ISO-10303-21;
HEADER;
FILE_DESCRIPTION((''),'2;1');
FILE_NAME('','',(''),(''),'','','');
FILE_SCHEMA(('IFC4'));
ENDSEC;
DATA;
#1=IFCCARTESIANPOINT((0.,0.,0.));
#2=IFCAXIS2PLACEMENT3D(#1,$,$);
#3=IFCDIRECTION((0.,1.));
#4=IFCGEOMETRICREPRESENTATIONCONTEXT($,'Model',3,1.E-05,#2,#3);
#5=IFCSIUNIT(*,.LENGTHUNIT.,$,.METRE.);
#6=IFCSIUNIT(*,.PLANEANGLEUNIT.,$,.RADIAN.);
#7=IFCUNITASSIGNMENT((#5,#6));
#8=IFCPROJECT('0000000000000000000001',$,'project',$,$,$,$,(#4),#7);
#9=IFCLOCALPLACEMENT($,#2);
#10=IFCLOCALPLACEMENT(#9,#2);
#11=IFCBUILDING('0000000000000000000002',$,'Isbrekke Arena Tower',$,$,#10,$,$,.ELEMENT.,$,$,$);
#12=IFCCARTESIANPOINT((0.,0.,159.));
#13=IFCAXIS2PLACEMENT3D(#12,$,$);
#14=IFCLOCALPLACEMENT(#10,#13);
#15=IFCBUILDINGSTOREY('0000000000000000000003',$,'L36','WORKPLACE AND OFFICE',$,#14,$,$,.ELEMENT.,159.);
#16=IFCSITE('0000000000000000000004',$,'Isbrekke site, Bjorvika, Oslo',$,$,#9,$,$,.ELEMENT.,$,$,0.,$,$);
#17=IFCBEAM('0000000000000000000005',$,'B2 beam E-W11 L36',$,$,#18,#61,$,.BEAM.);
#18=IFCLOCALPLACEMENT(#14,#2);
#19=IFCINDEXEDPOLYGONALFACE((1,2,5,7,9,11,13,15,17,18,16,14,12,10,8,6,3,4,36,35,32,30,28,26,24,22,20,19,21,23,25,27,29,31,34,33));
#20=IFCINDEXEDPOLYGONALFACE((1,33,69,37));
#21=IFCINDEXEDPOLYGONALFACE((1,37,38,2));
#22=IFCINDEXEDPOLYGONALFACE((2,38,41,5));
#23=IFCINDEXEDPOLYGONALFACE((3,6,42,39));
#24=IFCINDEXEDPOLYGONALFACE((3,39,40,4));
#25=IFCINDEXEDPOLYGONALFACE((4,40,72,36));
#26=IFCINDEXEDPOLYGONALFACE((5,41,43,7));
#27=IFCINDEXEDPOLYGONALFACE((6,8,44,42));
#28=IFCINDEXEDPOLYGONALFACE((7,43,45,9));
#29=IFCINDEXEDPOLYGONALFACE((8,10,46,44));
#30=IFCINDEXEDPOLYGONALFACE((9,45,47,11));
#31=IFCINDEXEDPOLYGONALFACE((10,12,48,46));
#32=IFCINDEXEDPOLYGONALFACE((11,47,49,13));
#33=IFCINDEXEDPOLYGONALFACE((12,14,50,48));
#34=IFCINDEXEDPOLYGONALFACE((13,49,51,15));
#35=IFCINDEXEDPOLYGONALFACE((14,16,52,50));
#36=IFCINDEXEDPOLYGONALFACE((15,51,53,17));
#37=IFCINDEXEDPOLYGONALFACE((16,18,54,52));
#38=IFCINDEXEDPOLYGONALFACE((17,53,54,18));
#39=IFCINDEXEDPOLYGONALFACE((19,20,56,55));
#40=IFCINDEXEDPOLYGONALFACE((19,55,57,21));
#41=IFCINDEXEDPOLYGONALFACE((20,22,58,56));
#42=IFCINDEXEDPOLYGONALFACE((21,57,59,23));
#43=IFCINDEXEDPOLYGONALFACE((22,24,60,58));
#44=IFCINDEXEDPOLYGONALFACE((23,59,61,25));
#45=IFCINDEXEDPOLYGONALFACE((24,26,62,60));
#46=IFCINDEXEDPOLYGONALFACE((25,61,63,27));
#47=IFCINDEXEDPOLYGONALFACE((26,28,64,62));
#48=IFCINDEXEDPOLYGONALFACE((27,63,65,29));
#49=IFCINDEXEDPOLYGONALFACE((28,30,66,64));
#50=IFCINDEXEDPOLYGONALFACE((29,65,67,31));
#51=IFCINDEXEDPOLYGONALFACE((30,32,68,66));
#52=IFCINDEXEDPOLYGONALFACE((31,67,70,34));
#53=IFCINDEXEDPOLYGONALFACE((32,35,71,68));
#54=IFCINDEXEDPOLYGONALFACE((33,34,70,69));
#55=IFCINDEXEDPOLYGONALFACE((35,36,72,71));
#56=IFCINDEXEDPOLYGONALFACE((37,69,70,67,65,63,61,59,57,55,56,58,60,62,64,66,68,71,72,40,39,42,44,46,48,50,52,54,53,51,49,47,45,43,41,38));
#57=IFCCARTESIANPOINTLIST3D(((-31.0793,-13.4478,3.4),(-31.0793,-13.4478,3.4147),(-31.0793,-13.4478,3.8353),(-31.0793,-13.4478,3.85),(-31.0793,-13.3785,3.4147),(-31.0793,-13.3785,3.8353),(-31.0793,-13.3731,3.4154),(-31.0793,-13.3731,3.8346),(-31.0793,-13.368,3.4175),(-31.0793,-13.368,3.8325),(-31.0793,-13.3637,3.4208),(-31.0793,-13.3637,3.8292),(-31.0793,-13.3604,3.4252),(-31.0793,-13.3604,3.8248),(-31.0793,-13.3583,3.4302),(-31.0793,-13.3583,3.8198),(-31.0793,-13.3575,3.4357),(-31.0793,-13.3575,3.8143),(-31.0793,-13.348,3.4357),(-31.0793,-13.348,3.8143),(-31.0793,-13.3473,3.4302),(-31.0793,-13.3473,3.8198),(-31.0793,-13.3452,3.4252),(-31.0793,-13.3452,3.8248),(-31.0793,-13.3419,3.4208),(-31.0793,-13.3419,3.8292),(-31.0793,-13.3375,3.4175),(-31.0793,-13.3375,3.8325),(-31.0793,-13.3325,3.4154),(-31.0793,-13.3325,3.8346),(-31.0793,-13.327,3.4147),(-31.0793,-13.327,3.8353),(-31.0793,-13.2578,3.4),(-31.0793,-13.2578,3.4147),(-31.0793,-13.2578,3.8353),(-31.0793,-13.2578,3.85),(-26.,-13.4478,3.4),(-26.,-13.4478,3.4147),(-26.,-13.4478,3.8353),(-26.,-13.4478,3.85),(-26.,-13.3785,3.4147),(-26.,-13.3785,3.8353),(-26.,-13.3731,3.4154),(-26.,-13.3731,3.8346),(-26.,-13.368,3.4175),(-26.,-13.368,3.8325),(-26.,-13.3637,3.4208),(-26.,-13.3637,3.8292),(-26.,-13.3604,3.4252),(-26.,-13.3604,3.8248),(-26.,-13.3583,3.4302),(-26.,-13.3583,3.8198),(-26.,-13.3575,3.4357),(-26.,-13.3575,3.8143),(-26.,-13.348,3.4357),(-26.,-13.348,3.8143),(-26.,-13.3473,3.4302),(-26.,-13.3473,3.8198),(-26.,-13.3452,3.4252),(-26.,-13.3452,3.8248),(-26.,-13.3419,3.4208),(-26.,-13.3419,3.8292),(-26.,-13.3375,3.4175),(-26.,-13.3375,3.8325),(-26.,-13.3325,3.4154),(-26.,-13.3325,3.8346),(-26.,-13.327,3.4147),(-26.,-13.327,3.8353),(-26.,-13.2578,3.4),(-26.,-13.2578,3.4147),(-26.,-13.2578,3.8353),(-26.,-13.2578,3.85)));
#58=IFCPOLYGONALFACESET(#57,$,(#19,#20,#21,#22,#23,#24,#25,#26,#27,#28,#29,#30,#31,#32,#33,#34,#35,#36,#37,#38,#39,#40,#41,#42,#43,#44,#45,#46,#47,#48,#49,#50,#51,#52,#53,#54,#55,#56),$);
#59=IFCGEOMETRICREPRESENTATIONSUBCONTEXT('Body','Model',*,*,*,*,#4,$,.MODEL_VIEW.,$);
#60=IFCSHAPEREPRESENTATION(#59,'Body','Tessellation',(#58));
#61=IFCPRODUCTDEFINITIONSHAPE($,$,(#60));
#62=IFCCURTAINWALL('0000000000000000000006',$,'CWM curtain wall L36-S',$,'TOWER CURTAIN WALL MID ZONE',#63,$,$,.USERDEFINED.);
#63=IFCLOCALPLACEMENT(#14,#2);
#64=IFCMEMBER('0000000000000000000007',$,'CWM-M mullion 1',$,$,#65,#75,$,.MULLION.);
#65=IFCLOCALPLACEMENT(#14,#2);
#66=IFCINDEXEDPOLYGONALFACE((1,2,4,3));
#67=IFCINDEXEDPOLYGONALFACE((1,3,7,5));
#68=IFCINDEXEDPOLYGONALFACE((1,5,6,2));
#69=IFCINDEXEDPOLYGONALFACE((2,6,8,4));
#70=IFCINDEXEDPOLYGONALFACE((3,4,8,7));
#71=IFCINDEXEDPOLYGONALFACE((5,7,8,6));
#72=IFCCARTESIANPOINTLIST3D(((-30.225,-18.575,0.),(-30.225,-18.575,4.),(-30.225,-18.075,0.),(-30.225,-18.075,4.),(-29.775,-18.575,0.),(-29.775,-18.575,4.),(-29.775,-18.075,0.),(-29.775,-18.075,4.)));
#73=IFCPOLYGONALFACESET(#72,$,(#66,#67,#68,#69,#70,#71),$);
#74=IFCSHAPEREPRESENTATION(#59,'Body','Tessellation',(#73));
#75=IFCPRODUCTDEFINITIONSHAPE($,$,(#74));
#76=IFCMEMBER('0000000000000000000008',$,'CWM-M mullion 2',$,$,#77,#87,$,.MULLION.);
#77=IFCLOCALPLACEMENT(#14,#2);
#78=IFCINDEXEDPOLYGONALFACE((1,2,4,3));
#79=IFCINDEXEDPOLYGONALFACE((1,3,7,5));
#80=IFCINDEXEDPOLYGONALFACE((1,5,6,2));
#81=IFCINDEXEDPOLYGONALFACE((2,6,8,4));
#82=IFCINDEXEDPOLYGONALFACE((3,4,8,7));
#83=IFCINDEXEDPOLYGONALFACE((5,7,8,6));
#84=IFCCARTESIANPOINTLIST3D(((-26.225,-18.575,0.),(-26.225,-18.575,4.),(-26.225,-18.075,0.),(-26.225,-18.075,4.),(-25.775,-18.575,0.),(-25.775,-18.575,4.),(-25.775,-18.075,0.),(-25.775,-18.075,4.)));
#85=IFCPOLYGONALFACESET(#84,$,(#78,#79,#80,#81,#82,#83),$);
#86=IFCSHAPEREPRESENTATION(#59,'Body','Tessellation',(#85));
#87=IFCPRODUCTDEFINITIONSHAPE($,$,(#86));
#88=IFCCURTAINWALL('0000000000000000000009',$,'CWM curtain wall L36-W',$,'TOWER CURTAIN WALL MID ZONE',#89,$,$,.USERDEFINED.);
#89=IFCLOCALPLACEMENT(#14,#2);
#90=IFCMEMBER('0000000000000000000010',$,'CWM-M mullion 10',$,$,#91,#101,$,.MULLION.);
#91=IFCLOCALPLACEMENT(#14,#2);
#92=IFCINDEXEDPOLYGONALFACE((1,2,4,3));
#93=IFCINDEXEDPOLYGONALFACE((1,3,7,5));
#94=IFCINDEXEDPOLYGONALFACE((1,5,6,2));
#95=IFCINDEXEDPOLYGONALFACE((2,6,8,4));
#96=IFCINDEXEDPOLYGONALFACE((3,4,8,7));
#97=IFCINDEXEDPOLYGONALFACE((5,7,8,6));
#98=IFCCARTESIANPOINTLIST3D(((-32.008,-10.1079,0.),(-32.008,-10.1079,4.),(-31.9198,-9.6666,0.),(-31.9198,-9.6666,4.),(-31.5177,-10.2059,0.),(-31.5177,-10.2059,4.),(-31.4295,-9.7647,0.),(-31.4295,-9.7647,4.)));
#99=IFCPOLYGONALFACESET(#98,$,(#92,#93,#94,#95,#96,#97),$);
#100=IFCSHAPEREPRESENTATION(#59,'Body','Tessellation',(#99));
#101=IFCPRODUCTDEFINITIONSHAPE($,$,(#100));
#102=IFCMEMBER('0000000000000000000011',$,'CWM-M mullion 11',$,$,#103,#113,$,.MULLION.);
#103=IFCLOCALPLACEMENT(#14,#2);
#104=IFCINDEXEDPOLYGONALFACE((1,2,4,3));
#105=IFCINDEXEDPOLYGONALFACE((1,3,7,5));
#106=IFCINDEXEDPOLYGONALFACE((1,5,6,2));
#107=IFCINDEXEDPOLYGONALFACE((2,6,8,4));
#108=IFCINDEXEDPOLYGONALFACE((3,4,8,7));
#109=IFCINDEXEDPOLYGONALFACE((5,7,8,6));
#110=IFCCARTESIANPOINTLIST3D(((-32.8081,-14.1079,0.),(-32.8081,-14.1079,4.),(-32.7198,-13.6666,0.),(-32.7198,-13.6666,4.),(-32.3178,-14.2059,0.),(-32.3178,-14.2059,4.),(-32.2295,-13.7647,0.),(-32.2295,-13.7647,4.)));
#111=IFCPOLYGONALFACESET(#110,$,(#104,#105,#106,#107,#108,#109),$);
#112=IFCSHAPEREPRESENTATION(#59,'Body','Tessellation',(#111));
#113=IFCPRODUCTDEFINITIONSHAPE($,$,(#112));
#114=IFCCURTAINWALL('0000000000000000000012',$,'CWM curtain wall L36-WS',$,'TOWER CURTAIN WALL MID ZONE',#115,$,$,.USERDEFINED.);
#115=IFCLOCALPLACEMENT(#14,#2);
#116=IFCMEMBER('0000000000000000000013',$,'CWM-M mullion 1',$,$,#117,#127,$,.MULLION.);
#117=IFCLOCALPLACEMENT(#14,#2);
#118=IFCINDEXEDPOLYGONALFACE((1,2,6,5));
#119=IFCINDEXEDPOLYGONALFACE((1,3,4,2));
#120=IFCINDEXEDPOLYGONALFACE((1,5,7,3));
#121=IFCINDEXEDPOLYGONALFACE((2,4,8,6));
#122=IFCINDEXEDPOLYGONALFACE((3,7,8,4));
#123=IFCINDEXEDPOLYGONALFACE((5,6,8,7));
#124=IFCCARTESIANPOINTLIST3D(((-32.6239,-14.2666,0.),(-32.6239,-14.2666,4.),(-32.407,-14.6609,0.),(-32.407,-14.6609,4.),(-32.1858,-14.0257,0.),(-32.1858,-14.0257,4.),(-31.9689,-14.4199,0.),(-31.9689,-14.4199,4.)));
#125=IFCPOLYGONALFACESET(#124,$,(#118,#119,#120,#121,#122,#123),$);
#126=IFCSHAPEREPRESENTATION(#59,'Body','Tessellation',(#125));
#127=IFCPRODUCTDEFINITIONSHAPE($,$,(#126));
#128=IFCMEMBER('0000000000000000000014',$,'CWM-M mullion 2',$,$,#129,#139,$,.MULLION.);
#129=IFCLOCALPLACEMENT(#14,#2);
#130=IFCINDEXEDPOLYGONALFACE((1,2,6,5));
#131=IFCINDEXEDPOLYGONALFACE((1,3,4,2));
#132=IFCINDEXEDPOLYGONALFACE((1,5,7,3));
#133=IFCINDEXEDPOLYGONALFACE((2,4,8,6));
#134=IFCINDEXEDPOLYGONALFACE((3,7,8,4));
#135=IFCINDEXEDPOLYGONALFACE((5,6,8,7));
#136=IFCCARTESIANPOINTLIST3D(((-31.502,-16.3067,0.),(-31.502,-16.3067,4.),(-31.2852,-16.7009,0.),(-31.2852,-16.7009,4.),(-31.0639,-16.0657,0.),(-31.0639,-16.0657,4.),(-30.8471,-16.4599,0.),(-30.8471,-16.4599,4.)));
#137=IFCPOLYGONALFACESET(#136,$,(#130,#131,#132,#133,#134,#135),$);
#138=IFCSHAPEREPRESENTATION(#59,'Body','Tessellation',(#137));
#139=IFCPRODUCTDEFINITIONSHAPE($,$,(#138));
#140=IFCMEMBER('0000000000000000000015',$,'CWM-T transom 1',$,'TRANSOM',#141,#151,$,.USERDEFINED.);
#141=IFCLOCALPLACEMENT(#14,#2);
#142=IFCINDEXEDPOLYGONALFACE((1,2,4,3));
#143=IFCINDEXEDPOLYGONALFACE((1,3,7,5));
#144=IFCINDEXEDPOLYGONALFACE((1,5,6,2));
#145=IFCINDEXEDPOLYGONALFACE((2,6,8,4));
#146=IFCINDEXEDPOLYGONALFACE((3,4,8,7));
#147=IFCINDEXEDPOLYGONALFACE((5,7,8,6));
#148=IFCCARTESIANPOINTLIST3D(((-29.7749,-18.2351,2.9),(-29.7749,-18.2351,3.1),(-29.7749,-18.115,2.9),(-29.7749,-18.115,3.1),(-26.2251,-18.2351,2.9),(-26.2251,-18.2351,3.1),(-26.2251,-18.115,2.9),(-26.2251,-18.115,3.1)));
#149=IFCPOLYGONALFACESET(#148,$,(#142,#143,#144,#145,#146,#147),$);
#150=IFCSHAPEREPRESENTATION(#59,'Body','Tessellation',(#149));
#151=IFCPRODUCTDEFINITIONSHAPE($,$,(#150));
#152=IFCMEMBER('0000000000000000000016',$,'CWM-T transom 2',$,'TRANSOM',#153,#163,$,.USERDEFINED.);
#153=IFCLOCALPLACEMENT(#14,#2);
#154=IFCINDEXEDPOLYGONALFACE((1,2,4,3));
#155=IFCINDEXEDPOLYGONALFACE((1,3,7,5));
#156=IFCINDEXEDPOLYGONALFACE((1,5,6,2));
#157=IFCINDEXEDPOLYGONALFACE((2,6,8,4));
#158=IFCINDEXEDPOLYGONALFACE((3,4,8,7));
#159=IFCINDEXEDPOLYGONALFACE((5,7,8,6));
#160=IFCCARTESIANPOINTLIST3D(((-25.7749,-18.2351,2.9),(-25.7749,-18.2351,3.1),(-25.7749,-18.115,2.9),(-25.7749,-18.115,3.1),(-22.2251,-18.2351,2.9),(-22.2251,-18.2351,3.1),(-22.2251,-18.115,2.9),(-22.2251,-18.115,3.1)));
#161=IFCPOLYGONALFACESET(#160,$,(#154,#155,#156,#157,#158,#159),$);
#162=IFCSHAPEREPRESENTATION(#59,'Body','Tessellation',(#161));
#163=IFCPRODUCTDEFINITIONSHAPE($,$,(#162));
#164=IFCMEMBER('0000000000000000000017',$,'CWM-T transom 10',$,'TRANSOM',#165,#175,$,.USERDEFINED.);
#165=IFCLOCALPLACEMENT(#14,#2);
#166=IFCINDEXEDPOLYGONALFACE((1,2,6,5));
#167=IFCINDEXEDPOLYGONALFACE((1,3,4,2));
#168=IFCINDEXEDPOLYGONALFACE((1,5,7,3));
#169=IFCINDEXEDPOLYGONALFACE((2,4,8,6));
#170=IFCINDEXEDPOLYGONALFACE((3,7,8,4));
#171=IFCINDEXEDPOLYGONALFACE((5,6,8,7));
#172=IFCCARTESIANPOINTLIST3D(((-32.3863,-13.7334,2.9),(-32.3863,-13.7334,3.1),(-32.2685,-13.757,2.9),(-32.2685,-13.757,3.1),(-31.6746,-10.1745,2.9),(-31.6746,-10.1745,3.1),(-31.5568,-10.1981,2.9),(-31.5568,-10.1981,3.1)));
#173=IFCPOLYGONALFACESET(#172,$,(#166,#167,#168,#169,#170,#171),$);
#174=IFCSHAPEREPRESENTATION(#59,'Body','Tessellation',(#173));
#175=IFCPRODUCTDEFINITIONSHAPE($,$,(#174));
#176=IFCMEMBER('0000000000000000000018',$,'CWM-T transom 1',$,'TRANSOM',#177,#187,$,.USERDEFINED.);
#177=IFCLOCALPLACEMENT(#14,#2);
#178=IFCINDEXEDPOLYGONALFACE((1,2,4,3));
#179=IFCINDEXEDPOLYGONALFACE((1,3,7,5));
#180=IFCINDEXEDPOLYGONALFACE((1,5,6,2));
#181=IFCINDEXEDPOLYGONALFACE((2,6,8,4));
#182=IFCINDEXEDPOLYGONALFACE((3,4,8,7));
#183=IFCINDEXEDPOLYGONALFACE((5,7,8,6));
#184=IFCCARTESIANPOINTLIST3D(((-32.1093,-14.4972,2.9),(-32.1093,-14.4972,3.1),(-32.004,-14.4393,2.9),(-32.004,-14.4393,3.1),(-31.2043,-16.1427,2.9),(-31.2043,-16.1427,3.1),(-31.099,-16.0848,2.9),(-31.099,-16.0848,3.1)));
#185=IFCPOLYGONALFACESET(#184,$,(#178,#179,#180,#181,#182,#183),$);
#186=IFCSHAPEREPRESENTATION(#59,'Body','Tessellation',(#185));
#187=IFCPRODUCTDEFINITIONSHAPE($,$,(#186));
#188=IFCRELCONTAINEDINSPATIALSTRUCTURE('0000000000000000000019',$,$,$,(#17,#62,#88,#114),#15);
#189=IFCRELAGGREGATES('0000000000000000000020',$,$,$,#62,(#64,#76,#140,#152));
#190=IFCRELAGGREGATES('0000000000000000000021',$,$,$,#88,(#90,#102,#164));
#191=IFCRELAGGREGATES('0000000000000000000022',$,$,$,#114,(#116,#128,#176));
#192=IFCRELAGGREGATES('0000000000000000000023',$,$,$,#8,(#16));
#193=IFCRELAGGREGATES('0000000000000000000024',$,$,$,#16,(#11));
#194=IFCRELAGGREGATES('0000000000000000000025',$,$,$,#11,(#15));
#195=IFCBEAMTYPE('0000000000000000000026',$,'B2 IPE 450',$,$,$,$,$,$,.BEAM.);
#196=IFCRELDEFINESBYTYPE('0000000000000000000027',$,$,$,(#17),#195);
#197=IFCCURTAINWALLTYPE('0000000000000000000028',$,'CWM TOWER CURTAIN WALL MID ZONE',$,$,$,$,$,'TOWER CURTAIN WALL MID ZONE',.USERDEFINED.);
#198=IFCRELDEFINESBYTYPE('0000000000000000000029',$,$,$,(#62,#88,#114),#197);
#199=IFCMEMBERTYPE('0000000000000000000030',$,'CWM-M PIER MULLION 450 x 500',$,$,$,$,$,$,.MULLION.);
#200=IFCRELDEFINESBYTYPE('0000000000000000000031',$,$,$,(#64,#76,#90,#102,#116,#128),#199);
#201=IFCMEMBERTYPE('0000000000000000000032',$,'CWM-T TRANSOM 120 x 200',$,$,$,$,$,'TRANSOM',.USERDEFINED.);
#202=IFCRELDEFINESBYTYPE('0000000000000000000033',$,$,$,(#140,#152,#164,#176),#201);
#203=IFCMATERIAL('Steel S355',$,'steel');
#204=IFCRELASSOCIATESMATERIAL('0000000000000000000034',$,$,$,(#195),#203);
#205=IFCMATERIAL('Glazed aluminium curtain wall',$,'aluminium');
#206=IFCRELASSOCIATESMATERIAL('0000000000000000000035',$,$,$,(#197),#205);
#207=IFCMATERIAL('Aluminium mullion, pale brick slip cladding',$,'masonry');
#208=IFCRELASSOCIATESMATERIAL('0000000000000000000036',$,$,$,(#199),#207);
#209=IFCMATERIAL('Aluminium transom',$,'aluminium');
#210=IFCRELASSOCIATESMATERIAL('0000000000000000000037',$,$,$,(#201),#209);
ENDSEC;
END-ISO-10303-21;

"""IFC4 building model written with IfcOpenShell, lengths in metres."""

from ifc_helpers import new_model, si_unit, direction, frame, origin, origin_2d, place, context, subcontext, project, spatial, rectangle, i_section, extrude, material, material_profile, profile_set, type_object, element, aggregate, save


model = new_model("IFC4")

# Units and contexts
model_context = context("Model", 3, precision=1e-05, world=origin(), true_north=direction((0.0, 1.0)))
body_context = subcontext(model_context, "Body", "Model", "MODEL_VIEW")
ifc_project = project(units=[si_unit("LENGTHUNIT", "METRE"), si_unit("PLANEANGLEUNIT", "RADIAN")], contexts=[model_context])

# Site, building, storey
site_placement = place(None, origin())
site = spatial("IfcSite", under=ifc_project, at=site_placement, Name="Isbrekke site, Bjorvika, Oslo", CompositionType="ELEMENT", RefElevation=0.0)
building_placement = place(site_placement, origin())
building = spatial("IfcBuilding", under=site, at=building_placement, Name="Isbrekke Arena Tower", CompositionType="ELEMENT")
storey_placement = place(building_placement, frame((0.0, 0.0, 159.0)))
storey = spatial("IfcBuildingStorey", under=building, at=storey_placement, Name="L36", Description="WORKPLACE AND OFFICE", CompositionType="ELEMENT", Elevation=159.0)

# Beam
ifc_material_1 = material(Name="Steel S355", Category="steel")
ifc_material_profile_1 = material_profile(ifc_material_1, i_section(OverallWidth=0.1899, OverallDepth=0.45, WebThickness=0.0095, FlangeThickness=0.0146, FilletRadius=0.021, at=origin_2d()), Name="IPE 450")
ifc_profile_set_1 = profile_set([ifc_material_profile_1], Name="Steel S355")
beam_type_1 = type_object("IfcBeamType", Name="B2 IPE 450", PredefinedType="BEAM", material=ifc_profile_set_1)
beam_1_placement = place(storey_placement, frame((-31.0793, -13.3528, 3.625), z_axis=(1.0, 0.0, 0.0), x_axis=(0.0, 1.0, 0.0)))
element("IfcBeam", 1, at=beam_1_placement, inside=storey, type_object=beam_type_1, Name="B2 beam E-W11 L36", PredefinedType="BEAM", context=body_context, shape_type="SweptSolid", body=[
    extrude(i_section(OverallWidth=0.1899, OverallDepth=0.45, WebThickness=0.0095, FlangeThickness=0.0146, FilletRadius=0.021, at=origin_2d()), origin(), (0.0, 0.0, 1.0), 5.0793),
])

# Curtain walls, members
ifc_material_2 = material(Name="Glazed aluminium curtain wall", Category="aluminium")
curtain_wall_type = type_object("IfcCurtainWallType", Name="CWM TOWER CURTAIN WALL MID ZONE", ElementType="TOWER CURTAIN WALL MID ZONE", PredefinedType="USERDEFINED", material=ifc_material_2)
curtain_wall_1_placement = place(storey_placement, origin())
curtain_wall_1 = element("IfcCurtainWall", 2, at=curtain_wall_1_placement, inside=storey, type_object=curtain_wall_type, Name="CWM curtain wall L36-S", ObjectType="TOWER CURTAIN WALL MID ZONE", PredefinedType="USERDEFINED")
ifc_material_3 = material(Name="Aluminium mullion, pale brick slip cladding", Category="masonry")
ifc_material_profile_2 = material_profile(ifc_material_3, rectangle(XDim=0.45, YDim=0.5, at=origin_2d()), Name="PIER 450X500")
ifc_profile_set_2 = profile_set([ifc_material_profile_2], Name="Aluminium mullion, pale brick slip cladding")
member_type_1 = type_object("IfcMemberType", Name="CWM-M PIER MULLION 450 x 500", PredefinedType="MULLION", material=ifc_profile_set_2)
member_1_placement = place(storey_placement, frame((-30.0, -18.325, 0.0), z_axis=(0.0, 0.0, 1.0), x_axis=(1.0, 0.0, 0.0)))
member_1 = element("IfcMember", 3, at=member_1_placement, type_object=member_type_1, Name="CWM-M mullion 1", PredefinedType="MULLION", context=body_context, shape_type="SweptSolid", body=[
    extrude(rectangle(XDim=0.45, YDim=0.5, at=origin_2d()), origin(), (0.0, 0.0, 1.0), 4.0),
])
member_2_placement = place(storey_placement, frame((-26.0, -18.325, 0.0), z_axis=(0.0, 0.0, 1.0), x_axis=(1.0, 0.0, 0.0)))
member_2 = element("IfcMember", 4, at=member_2_placement, type_object=member_type_1, Name="CWM-M mullion 2", PredefinedType="MULLION", context=body_context, shape_type="SweptSolid", body=[
    extrude(rectangle(XDim=0.45, YDim=0.5, at=origin_2d()), origin(), (0.0, 0.0, 1.0), 4.0),
])
curtain_wall_2_placement = place(storey_placement, origin())
curtain_wall_2 = element("IfcCurtainWall", 5, at=curtain_wall_2_placement, inside=storey, type_object=curtain_wall_type, Name="CWM curtain wall L36-W", ObjectType="TOWER CURTAIN WALL MID ZONE", PredefinedType="USERDEFINED")
member_3_placement = place(storey_placement, frame((-31.7188, -9.9363, 0.0), z_axis=(0.0, 0.0, 1.0), x_axis=(-0.196116, -0.980581, 0.0)))
member_3 = element("IfcMember", 6, at=member_3_placement, type_object=member_type_1, Name="CWM-M mullion 10", PredefinedType="MULLION", context=body_context, shape_type="SweptSolid", body=[
    extrude(rectangle(XDim=0.45, YDim=0.5, at=origin_2d()), origin(), (0.0, 0.0, 1.0), 4.0),
])
member_4_placement = place(storey_placement, frame((-32.5188, -13.9363, 0.0), z_axis=(0.0, 0.0, 1.0), x_axis=(-0.196116, -0.980581, 0.0)))
member_4 = element("IfcMember", 7, at=member_4_placement, type_object=member_type_1, Name="CWM-M mullion 11", PredefinedType="MULLION", context=body_context, shape_type="SweptSolid", body=[
    extrude(rectangle(XDim=0.45, YDim=0.5, at=origin_2d()), origin(), (0.0, 0.0, 1.0), 4.0),
])
curtain_wall_3_placement = place(storey_placement, origin())
curtain_wall_3 = element("IfcCurtainWall", 8, at=curtain_wall_3_placement, inside=storey, type_object=curtain_wall_type, Name="CWM curtain wall L36-WS", ObjectType="TOWER CURTAIN WALL MID ZONE", PredefinedType="USERDEFINED")
member_5_placement = place(storey_placement, frame((-32.2964, -14.3433, 0.0), z_axis=(0.0, 0.0, 1.0), x_axis=(0.481919, -0.876216, 0.0)))
member_5 = element("IfcMember", 9, at=member_5_placement, type_object=member_type_1, Name="CWM-M mullion 1", PredefinedType="MULLION", context=body_context, shape_type="SweptSolid", body=[
    extrude(rectangle(XDim=0.45, YDim=0.5, at=origin_2d()), origin(), (0.0, 0.0, 1.0), 4.0),
])
member_6_placement = place(storey_placement, frame((-31.1746, -16.3833, 0.0), z_axis=(0.0, 0.0, 1.0), x_axis=(0.481919, -0.876216, 0.0)))
member_6 = element("IfcMember", 10, at=member_6_placement, type_object=member_type_1, Name="CWM-M mullion 2", PredefinedType="MULLION", context=body_context, shape_type="SweptSolid", body=[
    extrude(rectangle(XDim=0.45, YDim=0.5, at=origin_2d()), origin(), (0.0, 0.0, 1.0), 4.0),
])

# Members
ifc_material_4 = material(Name="Aluminium transom", Category="aluminium")
ifc_material_profile_3 = material_profile(ifc_material_4, rectangle(XDim=0.1201, YDim=0.2, at=origin_2d()), Name="TRANSOM 120X200")
ifc_profile_set_3 = profile_set([ifc_material_profile_3], Name="Aluminium transom")
member_type_2 = type_object("IfcMemberType", Name="CWM-T TRANSOM 120 x 200", ElementType="TRANSOM", PredefinedType="USERDEFINED", material=ifc_profile_set_3)
member_7_placement = place(storey_placement, frame((-29.7749, -18.175, 3.0), z_axis=(1.0, 0.0, 0.0), x_axis=(0.0, 1.0, 0.0)))
member_7 = element("IfcMember", 11, at=member_7_placement, type_object=member_type_2, Name="CWM-T transom 1", ObjectType="TRANSOM", PredefinedType="USERDEFINED", context=body_context, shape_type="SweptSolid", body=[
    extrude(rectangle(XDim=0.1201, YDim=0.2, at=origin_2d()), origin(), (0.0, 0.0, 1.0), 3.5498),
])
member_8_placement = place(storey_placement, frame((-25.7749, -18.175, 3.0), z_axis=(1.0, 0.0, 0.0), x_axis=(0.0, 1.0, 0.0)))
member_8 = element("IfcMember", 12, at=member_8_placement, type_object=member_type_2, Name="CWM-T transom 2", ObjectType="TRANSOM", PredefinedType="USERDEFINED", context=body_context, shape_type="SweptSolid", body=[
    extrude(rectangle(XDim=0.1201, YDim=0.2, at=origin_2d()), origin(), (0.0, 0.0, 1.0), 3.5498),
])
member_9_placement = place(storey_placement, frame((-31.6157, -10.1863, 3.0), z_axis=(-0.19609, -0.980586, 0.0), x_axis=(0.980586, -0.19609, 0.0)))
member_9 = element("IfcMember", 13, at=member_9_placement, type_object=member_type_2, Name="CWM-T transom 10", ObjectType="TRANSOM", PredefinedType="USERDEFINED", context=body_context, shape_type="SweptSolid", body=[
    extrude(rectangle(XDim=0.1201, YDim=0.2, at=origin_2d()), origin(), (0.0, 0.0, 1.0), 3.6294),
])
member_10_placement = place(storey_placement, frame((-32.0566, -14.4683, 3.0), z_axis=(0.481919, -0.876216, 0.0), x_axis=(0.876216, 0.481919, 0.0)))
member_10 = element("IfcMember", 14, at=member_10_placement, type_object=member_type_2, Name="CWM-T transom 1", ObjectType="TRANSOM", PredefinedType="USERDEFINED", context=body_context, shape_type="SweptSolid", body=[
    extrude(rectangle(XDim=0.1201, YDim=0.2, at=origin_2d()), origin(), (0.0, 0.0, 1.0), 1.8779),
])

aggregate(curtain_wall_1, [member_1, member_2, member_7, member_8])
aggregate(curtain_wall_2, [member_3, member_4, member_9])
aggregate(curtain_wall_3, [member_5, member_6, member_10])

save(model, "model.ifc")
